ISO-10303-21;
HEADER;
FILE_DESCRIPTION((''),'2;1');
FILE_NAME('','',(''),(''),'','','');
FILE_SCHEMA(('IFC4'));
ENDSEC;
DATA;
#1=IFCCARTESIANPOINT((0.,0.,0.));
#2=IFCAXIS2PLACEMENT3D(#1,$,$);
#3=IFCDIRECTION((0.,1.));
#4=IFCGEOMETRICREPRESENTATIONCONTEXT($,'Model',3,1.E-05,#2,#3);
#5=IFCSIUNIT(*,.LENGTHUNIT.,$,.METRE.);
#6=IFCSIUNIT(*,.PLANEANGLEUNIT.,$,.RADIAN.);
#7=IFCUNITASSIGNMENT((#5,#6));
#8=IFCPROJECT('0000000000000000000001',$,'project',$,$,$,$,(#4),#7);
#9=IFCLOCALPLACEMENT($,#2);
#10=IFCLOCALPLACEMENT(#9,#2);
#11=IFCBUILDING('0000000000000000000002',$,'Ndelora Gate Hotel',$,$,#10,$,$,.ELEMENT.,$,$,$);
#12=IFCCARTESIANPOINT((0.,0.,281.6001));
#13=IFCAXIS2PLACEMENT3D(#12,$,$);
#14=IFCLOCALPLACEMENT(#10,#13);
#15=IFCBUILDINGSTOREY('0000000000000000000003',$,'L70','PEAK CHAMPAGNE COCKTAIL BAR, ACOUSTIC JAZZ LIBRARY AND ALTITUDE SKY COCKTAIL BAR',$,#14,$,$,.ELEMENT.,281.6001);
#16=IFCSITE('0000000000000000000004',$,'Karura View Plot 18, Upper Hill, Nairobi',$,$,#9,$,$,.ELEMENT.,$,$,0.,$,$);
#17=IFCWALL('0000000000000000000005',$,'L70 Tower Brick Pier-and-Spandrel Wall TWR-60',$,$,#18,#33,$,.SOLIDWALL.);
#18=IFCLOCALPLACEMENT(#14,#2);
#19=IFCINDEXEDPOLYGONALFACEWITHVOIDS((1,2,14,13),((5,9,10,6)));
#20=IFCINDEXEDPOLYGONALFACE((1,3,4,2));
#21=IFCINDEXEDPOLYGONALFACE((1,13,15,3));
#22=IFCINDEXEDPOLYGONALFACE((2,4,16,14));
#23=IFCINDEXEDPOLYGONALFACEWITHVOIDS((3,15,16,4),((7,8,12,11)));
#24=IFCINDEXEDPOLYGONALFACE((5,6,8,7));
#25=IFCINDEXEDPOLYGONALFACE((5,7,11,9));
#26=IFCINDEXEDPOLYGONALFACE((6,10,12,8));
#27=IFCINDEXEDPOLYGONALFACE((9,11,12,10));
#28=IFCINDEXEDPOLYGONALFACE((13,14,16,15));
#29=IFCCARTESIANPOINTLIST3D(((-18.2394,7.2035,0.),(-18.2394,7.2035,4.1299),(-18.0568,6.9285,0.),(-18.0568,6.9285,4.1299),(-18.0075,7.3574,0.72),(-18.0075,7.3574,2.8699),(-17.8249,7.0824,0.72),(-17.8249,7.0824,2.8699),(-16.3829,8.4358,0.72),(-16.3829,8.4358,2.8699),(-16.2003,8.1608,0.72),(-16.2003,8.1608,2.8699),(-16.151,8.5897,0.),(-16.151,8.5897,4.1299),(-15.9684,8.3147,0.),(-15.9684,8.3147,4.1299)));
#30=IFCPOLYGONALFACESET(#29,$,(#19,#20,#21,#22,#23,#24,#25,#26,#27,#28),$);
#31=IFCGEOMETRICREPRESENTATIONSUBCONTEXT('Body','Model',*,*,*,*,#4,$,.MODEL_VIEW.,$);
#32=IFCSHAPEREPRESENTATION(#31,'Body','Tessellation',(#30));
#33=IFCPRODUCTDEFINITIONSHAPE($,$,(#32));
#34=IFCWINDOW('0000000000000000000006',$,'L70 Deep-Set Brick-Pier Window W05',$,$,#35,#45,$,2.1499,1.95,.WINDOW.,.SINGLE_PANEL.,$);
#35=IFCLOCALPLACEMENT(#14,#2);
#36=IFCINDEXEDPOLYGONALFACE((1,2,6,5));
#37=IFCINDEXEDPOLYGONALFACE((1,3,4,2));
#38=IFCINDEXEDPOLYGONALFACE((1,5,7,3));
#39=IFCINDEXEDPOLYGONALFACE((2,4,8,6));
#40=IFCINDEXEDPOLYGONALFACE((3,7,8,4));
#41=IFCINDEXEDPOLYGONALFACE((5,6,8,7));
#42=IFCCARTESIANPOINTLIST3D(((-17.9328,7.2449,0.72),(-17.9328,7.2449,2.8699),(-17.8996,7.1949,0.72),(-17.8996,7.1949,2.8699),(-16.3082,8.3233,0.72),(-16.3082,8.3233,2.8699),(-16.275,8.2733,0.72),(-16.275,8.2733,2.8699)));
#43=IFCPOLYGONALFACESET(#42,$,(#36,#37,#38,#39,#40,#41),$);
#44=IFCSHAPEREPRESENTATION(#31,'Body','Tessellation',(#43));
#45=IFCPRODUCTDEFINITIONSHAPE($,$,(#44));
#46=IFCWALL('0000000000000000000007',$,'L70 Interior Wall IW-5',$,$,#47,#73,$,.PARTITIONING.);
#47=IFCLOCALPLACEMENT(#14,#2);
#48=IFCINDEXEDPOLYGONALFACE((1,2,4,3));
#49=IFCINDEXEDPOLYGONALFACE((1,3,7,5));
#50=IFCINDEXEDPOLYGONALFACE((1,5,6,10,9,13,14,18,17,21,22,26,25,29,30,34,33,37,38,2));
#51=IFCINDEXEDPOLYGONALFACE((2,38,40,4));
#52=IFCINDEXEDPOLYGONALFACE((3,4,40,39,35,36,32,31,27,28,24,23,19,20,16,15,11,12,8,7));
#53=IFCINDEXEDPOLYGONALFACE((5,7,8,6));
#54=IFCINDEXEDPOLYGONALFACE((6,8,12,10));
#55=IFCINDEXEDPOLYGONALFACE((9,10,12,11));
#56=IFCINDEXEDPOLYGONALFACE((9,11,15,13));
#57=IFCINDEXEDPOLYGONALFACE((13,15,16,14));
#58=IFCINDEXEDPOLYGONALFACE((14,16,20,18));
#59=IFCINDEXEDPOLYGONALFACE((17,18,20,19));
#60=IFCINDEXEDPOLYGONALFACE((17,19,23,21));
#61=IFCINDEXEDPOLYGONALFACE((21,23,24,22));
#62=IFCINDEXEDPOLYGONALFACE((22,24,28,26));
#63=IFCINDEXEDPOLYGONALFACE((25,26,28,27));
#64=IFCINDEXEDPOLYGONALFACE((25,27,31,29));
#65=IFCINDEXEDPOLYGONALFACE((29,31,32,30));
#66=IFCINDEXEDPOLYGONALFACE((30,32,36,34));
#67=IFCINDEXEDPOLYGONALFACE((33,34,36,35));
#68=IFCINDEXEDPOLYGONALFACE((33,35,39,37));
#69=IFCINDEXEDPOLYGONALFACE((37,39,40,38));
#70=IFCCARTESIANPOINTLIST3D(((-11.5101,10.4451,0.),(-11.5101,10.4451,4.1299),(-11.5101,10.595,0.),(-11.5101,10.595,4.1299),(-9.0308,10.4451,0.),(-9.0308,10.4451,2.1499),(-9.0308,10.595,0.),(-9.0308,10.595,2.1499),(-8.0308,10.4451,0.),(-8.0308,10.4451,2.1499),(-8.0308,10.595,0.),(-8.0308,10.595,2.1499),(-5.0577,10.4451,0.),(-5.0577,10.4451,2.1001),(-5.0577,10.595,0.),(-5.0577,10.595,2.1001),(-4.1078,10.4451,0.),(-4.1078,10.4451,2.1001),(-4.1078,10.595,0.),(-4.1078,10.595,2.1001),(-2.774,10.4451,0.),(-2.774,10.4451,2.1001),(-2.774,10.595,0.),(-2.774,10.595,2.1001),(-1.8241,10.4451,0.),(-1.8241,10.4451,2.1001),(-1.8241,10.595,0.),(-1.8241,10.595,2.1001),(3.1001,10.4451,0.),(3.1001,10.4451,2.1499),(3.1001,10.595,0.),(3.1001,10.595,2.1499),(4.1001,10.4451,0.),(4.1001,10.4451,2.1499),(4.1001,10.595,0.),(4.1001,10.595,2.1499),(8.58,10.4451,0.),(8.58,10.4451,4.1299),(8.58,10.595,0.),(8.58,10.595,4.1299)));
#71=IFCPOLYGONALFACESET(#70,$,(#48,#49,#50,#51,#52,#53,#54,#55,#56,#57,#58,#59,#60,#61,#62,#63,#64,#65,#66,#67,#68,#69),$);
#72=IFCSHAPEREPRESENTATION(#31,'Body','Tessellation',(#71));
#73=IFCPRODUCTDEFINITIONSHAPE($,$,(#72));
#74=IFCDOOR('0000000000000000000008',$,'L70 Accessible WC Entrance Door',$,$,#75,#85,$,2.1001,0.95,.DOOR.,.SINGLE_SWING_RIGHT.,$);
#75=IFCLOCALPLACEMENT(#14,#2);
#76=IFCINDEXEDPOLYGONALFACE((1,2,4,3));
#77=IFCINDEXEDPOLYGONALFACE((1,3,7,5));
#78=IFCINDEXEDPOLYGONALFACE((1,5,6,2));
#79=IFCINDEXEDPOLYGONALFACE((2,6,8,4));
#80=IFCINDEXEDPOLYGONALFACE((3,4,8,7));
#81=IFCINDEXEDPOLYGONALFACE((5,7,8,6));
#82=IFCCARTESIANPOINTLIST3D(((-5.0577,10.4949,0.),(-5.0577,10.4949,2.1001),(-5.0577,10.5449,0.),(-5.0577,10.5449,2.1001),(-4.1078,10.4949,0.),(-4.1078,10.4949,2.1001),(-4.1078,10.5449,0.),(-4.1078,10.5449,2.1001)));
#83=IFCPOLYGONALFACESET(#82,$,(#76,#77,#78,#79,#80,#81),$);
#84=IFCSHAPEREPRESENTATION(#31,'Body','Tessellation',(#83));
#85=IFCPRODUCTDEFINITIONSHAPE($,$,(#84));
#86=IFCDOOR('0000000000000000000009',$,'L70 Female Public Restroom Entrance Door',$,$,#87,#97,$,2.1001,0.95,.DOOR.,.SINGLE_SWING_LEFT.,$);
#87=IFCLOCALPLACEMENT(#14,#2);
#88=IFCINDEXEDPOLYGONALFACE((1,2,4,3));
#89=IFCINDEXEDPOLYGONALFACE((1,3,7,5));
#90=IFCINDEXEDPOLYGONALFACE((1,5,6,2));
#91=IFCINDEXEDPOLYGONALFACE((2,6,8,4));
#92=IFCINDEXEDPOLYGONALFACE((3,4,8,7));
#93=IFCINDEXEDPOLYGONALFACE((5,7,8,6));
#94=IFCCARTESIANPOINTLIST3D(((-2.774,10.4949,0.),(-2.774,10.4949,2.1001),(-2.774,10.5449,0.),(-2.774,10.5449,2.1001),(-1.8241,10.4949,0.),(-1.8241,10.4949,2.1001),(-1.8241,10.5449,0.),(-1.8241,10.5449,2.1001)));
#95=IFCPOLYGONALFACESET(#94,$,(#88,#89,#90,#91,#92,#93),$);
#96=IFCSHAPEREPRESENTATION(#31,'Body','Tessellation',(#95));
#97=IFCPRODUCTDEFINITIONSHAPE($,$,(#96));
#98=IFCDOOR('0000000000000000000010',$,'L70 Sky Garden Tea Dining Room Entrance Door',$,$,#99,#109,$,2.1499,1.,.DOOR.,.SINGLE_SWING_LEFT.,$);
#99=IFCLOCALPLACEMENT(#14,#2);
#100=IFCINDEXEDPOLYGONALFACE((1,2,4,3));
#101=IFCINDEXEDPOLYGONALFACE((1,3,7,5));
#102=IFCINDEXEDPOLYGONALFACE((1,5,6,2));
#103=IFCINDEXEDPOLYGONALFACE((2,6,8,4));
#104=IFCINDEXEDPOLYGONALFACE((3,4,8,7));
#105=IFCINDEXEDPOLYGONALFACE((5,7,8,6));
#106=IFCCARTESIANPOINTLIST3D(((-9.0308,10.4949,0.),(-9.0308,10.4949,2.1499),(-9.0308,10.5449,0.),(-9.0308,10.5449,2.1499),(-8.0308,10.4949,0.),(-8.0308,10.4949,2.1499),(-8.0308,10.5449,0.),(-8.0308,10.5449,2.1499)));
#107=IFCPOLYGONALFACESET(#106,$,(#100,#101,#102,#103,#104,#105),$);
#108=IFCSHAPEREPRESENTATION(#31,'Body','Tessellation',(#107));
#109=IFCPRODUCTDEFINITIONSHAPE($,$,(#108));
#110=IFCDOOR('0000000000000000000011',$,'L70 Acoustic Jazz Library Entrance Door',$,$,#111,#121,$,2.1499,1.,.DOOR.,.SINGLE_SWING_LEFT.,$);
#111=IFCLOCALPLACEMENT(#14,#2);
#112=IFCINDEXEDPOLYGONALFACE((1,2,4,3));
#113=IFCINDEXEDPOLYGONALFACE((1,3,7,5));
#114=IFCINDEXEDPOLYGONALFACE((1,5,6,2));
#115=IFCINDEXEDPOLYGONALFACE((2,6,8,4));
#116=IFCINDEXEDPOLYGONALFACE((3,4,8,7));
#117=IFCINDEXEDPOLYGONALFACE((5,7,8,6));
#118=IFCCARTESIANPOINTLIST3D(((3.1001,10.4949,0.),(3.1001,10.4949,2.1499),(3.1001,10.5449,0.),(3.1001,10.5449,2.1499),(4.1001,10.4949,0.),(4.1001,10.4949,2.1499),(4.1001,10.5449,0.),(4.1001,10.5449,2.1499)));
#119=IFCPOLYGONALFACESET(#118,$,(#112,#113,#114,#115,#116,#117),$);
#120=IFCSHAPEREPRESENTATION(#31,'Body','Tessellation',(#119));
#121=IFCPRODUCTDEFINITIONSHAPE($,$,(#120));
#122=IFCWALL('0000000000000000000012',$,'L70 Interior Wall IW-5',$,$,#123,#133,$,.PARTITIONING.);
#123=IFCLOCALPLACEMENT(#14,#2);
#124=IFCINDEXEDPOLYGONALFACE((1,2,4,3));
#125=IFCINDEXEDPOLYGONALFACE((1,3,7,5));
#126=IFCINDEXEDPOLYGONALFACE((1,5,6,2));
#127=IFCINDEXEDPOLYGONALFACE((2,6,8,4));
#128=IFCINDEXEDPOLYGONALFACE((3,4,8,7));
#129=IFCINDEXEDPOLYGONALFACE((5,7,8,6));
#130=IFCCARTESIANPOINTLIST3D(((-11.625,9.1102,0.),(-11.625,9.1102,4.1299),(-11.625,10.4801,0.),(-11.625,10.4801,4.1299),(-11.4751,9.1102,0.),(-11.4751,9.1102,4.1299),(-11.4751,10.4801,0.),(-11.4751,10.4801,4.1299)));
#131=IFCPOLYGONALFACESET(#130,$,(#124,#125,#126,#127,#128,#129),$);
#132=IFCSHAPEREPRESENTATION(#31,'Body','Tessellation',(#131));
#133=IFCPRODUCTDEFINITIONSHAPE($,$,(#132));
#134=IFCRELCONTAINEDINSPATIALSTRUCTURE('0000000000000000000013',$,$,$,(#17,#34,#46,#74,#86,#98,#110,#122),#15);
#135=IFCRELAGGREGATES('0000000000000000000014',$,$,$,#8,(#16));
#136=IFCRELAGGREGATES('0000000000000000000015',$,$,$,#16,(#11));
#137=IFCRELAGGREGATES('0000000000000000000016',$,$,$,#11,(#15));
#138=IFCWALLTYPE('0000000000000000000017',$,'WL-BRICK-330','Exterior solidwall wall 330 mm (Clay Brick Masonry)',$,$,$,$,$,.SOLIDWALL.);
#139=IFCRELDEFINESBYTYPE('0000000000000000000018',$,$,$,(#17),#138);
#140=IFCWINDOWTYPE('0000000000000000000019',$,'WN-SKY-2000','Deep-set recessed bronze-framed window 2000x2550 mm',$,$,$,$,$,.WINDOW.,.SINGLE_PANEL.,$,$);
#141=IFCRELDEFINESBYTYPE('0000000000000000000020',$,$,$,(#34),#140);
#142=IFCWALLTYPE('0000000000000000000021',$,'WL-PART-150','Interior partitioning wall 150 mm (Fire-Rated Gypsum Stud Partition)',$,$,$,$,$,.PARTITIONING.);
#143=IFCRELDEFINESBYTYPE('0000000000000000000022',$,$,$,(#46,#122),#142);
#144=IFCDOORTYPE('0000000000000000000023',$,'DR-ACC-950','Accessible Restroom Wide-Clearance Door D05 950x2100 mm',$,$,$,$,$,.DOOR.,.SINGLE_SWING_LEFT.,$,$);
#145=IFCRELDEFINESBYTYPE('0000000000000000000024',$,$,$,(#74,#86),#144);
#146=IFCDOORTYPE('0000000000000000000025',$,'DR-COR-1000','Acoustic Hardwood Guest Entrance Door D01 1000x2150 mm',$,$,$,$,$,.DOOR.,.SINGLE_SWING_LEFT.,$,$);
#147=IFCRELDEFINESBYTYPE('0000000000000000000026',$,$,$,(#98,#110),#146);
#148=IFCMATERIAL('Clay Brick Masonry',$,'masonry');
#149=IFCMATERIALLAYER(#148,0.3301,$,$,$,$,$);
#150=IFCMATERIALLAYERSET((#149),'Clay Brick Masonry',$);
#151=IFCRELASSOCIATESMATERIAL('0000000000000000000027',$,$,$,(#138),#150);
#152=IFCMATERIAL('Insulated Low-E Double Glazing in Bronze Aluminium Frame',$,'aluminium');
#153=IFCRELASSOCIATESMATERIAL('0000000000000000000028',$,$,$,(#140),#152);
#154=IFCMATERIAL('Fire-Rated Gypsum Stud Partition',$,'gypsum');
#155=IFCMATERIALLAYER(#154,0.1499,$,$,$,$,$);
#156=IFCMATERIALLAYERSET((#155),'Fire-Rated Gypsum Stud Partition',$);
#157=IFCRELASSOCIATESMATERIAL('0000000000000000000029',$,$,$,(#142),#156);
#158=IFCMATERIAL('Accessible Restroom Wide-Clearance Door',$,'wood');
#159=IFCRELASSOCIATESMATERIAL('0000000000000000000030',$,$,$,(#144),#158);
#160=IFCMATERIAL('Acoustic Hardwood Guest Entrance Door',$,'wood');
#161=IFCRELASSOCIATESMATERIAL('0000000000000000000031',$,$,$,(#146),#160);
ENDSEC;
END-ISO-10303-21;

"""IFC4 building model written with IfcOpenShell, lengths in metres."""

from ifc_helpers import new_model, si_unit, direction, frame, frame_2d, origin, place, context, subcontext, project, spatial, rectangle, extrude, material, layer, layer_set, type_object, element, fill, save


model = new_model("IFC4")

# Units and contexts
model_context = context("Model", 3, precision=1e-05, world=origin(), true_north=direction((0.0, 1.0)))
body_context = subcontext(model_context, "Body", "Model", "MODEL_VIEW")
ifc_project = project(units=[si_unit("LENGTHUNIT", "METRE"), si_unit("PLANEANGLEUNIT", "RADIAN")], contexts=[model_context])

# Site, building, storey
site_placement = place(None, origin())
site = spatial("IfcSite", under=ifc_project, at=site_placement, Name="Karura View Plot 18, Upper Hill, Nairobi", CompositionType="ELEMENT", RefElevation=0.0)
building_placement = place(site_placement, origin())
building = spatial("IfcBuilding", under=site, at=building_placement, Name="Ndelora Gate Hotel", CompositionType="ELEMENT")
storey_placement = place(building_placement, frame((0.0, 0.0, 281.6001)))
storey = spatial("IfcBuildingStorey", under=building, at=storey_placement, Name="L70", Description="PEAK CHAMPAGNE COCKTAIL BAR, ACOUSTIC JAZZ LIBRARY AND ALTITUDE SKY COCKTAIL BAR", CompositionType="ELEMENT", Elevation=281.6001)

# Shared definitions
ifc_material_1 = material(Name="Clay Brick Masonry", Category="masonry")
ifc_layer_1 = layer(ifc_material_1, 0.3301)
ifc_layer_set_1 = layer_set([ifc_layer_1], Name="Clay Brick Masonry")
wall_type_1 = type_object("IfcWallType", Name="WL-BRICK-330", Description="Exterior solidwall wall 330 mm (Clay Brick Masonry)", PredefinedType="SOLIDWALL", material=ifc_layer_set_1)

# Shared definitions
ifc_material_2 = material(Name="Insulated Low-E Double Glazing in Bronze Aluminium Frame", Category="aluminium")
window_type = type_object("IfcWindowType", Name="WN-SKY-2000", Description="Deep-set recessed bronze-framed window 2000x2550 mm", PartitioningType="SINGLE_PANEL", PredefinedType="WINDOW", material=ifc_material_2)

# Wall, opening, window
wall_1_placement = place(storey_placement, frame((-18.1482, 7.0659, 0.0), z_axis=(0.0, 0.0, 1.0), x_axis=(0.833157, 0.553036, 0.0)))
wall_1 = element("IfcWall", 1, at=wall_1_placement, inside=storey, type_object=wall_type_1, Name="L70 Tower Brick Pier-and-Spandrel Wall TWR-60", PredefinedType="SOLIDWALL", context=body_context, shape_type="SweptSolid", body=[
    extrude(rectangle(XDim=2.5066, YDim=0.3301, at=frame_2d((1.2534, 0.0))), origin(), (0.0, 0.0, 1.0), 4.1299),
])
opening_1_placement = place(wall_1_placement, frame((0.2783, 0.0, 0.72)))
opening_1 = element("IfcOpeningElement", 2, at=opening_1_placement, cuts=wall_1, PredefinedType="OPENING", context=body_context, shape_type="SweptSolid", body=[
    extrude(rectangle(XDim=1.95, YDim=2.1499, at=frame_2d((0.9751, 1.075))), frame((0.0, 0.175, 0.0), z_axis=(0.0, -1.0, 0.0), x_axis=(1.0, 0.0, 0.0)), (0.0, 0.0, 1.0), 0.3501),
])
window_1_placement = place(opening_1_placement, origin())
window_1 = element("IfcWindow", 3, at=window_1_placement, inside=storey, type_object=window_type, Name="L70 Deep-Set Brick-Pier Window W05", OverallHeight=2.1499, OverallWidth=1.95, PartitioningType="SINGLE_PANEL", PredefinedType="WINDOW", context=body_context, shape_type="SweptSolid", body=[
    extrude(rectangle(XDim=1.95, YDim=2.1499, at=frame_2d((0.9751, 1.075))), frame((0.0, 0.03, 0.0), z_axis=(0.0, -1.0, 0.0), x_axis=(1.0, 0.0, 0.0)), (0.0, 0.0, 1.0), 0.0601),
])
fill(opening_1, window_1)

# Wall, openings, doors
ifc_material_3 = material(Name="Fire-Rated Gypsum Stud Partition", Category="gypsum")
ifc_layer_2 = layer(ifc_material_3, 0.1499)
ifc_layer_set_2 = layer_set([ifc_layer_2], Name="Fire-Rated Gypsum Stud Partition")
wall_type_2 = type_object("IfcWallType", Name="WL-PART-150", Description="Interior partitioning wall 150 mm (Fire-Rated Gypsum Stud Partition)", PredefinedType="PARTITIONING", material=ifc_layer_set_2)
wall_2_placement = place(storey_placement, frame((-11.51, 10.52, 0.0), z_axis=(0.0, 0.0, 1.0), x_axis=(1.0, 0.0, 0.0)))
wall_2 = element("IfcWall", 4, at=wall_2_placement, inside=storey, type_object=wall_type_2, Name="L70 Interior Wall IW-5", PredefinedType="PARTITIONING", context=body_context, shape_type="SweptSolid", body=[
    extrude(rectangle(XDim=20.0901, YDim=0.1499, at=frame_2d((10.0449, 0.0))), origin(), (0.0, 0.0, 1.0), 4.1299),
])
opening_2_placement = place(wall_2_placement, frame((6.4521, 0.0, 0.0)))
opening_2 = element("IfcOpeningElement", 5, at=opening_2_placement, cuts=wall_2, PredefinedType="OPENING", context=body_context, shape_type="SweptSolid", body=[
    extrude(rectangle(XDim=0.95, YDim=2.1001, at=frame_2d((0.4751, 1.05))), frame((0.0, 0.085, 0.0), z_axis=(0.0, -1.0, 0.0), x_axis=(1.0, 0.0, 0.0)), (0.0, 0.0, 1.0), 0.1699),
])
opening_3_placement = place(wall_2_placement, frame((8.7358, 0.0, 0.0)))
opening_3 = element("IfcOpeningElement", 6, at=opening_3_placement, cuts=wall_2, PredefinedType="OPENING", context=body_context, shape_type="SweptSolid", body=[
    extrude(rectangle(XDim=0.95, YDim=2.1001, at=frame_2d((0.4751, 1.05))), frame((0.0, 0.085, 0.0), z_axis=(0.0, -1.0, 0.0), x_axis=(1.0, 0.0, 0.0)), (0.0, 0.0, 1.0), 0.1699),
])
opening_4_placement = place(wall_2_placement, frame((2.4792, 0.0, 0.0)))
opening_4 = element("IfcOpeningElement", 7, at=opening_4_placement, cuts=wall_2, PredefinedType="OPENING", context=body_context, shape_type="SweptSolid", body=[
    extrude(rectangle(XDim=1.0, YDim=2.1499, at=frame_2d((0.5, 1.075))), frame((0.0, 0.085, 0.0), z_axis=(0.0, -1.0, 0.0), x_axis=(1.0, 0.0, 0.0)), (0.0, 0.0, 1.0), 0.1699),
])
opening_5_placement = place(wall_2_placement, frame((14.6101, 0.0, 0.0)))
opening_5 = element("IfcOpeningElement", 8, at=opening_5_placement, cuts=wall_2, PredefinedType="OPENING", context=body_context, shape_type="SweptSolid", body=[
    extrude(rectangle(XDim=1.0, YDim=2.1499, at=frame_2d((0.5, 1.075))), frame((0.0, 0.085, 0.0), z_axis=(0.0, -1.0, 0.0), x_axis=(1.0, 0.0, 0.0)), (0.0, 0.0, 1.0), 0.1699),
])
ifc_material_4 = material(Name="Accessible Restroom Wide-Clearance Door", Category="wood")
door_type_1 = type_object("IfcDoorType", Name="DR-ACC-950", Description="Accessible Restroom Wide-Clearance Door D05 950x2100 mm", OperationType="SINGLE_SWING_LEFT", PredefinedType="DOOR", material=ifc_material_4)
door_1_placement = place(opening_2_placement, origin())
door_1 = element("IfcDoor", 9, at=door_1_placement, inside=storey, type_object=door_type_1, Name="L70 Accessible WC Entrance Door", OperationType="SINGLE_SWING_RIGHT", OverallHeight=2.1001, OverallWidth=0.95, PredefinedType="DOOR", context=body_context, shape_type="SweptSolid", body=[
    extrude(rectangle(XDim=0.95, YDim=2.1001, at=frame_2d((0.4751, 1.05))), frame((0.0, 0.0249, 0.0), z_axis=(0.0, -1.0, 0.0), x_axis=(1.0, 0.0, 0.0)), (0.0, 0.0, 1.0), 0.05),
])
fill(opening_2, door_1)
door_2_placement = place(opening_3_placement, origin())
door_2 = element("IfcDoor", 10, at=door_2_placement, inside=storey, type_object=door_type_1, Name="L70 Female Public Restroom Entrance Door", OperationType="SINGLE_SWING_LEFT", OverallHeight=2.1001, OverallWidth=0.95, PredefinedType="DOOR", context=body_context, shape_type="SweptSolid", body=[
    extrude(rectangle(XDim=0.95, YDim=2.1001, at=frame_2d((0.4751, 1.05))), frame((0.0, 0.0249, 0.0), z_axis=(0.0, -1.0, 0.0), x_axis=(1.0, 0.0, 0.0)), (0.0, 0.0, 1.0), 0.05),
])
fill(opening_3, door_2)
ifc_material_5 = material(Name="Acoustic Hardwood Guest Entrance Door", Category="wood")
door_type_2 = type_object("IfcDoorType", Name="DR-COR-1000", Description="Acoustic Hardwood Guest Entrance Door D01 1000x2150 mm", OperationType="SINGLE_SWING_LEFT", PredefinedType="DOOR", material=ifc_material_5)
door_3_placement = place(opening_4_placement, origin())
door_3 = element("IfcDoor", 11, at=door_3_placement, inside=storey, type_object=door_type_2, Name="L70 Sky Garden Tea Dining Room Entrance Door", OperationType="SINGLE_SWING_LEFT", OverallHeight=2.1499, OverallWidth=1.0, PredefinedType="DOOR", context=body_context, shape_type="SweptSolid", body=[
    extrude(rectangle(XDim=1.0, YDim=2.1499, at=frame_2d((0.5, 1.075))), frame((0.0, 0.0249, 0.0), z_axis=(0.0, -1.0, 0.0), x_axis=(1.0, 0.0, 0.0)), (0.0, 0.0, 1.0), 0.05),
])
fill(opening_4, door_3)
door_4_placement = place(opening_5_placement, origin())
door_4 = element("IfcDoor", 12, at=door_4_placement, inside=storey, type_object=door_type_2, Name="L70 Acoustic Jazz Library Entrance Door", OperationType="SINGLE_SWING_LEFT", OverallHeight=2.1499, OverallWidth=1.0, PredefinedType="DOOR", context=body_context, shape_type="SweptSolid", body=[
    extrude(rectangle(XDim=1.0, YDim=2.1499, at=frame_2d((0.5, 1.075))), frame((0.0, 0.0249, 0.0), z_axis=(0.0, -1.0, 0.0), x_axis=(1.0, 0.0, 0.0)), (0.0, 0.0, 1.0), 0.05),
])
fill(opening_5, door_4)

# Wall
wall_3_placement = place(storey_placement, frame((-11.55, 9.1101, 0.0), z_axis=(0.0, 0.0, 1.0), x_axis=(0.0, 1.0, 0.0)))
element("IfcWall", 13, at=wall_3_placement, inside=storey, type_object=wall_type_2, Name="L70 Interior Wall IW-5", PredefinedType="PARTITIONING", context=body_context, shape_type="SweptSolid", body=[
    extrude(rectangle(XDim=1.3699, YDim=0.1499, at=frame_2d((0.6851, 0.0))), origin(), (0.0, 0.0, 1.0), 4.1299),
])

save(model, "model.ifc")
